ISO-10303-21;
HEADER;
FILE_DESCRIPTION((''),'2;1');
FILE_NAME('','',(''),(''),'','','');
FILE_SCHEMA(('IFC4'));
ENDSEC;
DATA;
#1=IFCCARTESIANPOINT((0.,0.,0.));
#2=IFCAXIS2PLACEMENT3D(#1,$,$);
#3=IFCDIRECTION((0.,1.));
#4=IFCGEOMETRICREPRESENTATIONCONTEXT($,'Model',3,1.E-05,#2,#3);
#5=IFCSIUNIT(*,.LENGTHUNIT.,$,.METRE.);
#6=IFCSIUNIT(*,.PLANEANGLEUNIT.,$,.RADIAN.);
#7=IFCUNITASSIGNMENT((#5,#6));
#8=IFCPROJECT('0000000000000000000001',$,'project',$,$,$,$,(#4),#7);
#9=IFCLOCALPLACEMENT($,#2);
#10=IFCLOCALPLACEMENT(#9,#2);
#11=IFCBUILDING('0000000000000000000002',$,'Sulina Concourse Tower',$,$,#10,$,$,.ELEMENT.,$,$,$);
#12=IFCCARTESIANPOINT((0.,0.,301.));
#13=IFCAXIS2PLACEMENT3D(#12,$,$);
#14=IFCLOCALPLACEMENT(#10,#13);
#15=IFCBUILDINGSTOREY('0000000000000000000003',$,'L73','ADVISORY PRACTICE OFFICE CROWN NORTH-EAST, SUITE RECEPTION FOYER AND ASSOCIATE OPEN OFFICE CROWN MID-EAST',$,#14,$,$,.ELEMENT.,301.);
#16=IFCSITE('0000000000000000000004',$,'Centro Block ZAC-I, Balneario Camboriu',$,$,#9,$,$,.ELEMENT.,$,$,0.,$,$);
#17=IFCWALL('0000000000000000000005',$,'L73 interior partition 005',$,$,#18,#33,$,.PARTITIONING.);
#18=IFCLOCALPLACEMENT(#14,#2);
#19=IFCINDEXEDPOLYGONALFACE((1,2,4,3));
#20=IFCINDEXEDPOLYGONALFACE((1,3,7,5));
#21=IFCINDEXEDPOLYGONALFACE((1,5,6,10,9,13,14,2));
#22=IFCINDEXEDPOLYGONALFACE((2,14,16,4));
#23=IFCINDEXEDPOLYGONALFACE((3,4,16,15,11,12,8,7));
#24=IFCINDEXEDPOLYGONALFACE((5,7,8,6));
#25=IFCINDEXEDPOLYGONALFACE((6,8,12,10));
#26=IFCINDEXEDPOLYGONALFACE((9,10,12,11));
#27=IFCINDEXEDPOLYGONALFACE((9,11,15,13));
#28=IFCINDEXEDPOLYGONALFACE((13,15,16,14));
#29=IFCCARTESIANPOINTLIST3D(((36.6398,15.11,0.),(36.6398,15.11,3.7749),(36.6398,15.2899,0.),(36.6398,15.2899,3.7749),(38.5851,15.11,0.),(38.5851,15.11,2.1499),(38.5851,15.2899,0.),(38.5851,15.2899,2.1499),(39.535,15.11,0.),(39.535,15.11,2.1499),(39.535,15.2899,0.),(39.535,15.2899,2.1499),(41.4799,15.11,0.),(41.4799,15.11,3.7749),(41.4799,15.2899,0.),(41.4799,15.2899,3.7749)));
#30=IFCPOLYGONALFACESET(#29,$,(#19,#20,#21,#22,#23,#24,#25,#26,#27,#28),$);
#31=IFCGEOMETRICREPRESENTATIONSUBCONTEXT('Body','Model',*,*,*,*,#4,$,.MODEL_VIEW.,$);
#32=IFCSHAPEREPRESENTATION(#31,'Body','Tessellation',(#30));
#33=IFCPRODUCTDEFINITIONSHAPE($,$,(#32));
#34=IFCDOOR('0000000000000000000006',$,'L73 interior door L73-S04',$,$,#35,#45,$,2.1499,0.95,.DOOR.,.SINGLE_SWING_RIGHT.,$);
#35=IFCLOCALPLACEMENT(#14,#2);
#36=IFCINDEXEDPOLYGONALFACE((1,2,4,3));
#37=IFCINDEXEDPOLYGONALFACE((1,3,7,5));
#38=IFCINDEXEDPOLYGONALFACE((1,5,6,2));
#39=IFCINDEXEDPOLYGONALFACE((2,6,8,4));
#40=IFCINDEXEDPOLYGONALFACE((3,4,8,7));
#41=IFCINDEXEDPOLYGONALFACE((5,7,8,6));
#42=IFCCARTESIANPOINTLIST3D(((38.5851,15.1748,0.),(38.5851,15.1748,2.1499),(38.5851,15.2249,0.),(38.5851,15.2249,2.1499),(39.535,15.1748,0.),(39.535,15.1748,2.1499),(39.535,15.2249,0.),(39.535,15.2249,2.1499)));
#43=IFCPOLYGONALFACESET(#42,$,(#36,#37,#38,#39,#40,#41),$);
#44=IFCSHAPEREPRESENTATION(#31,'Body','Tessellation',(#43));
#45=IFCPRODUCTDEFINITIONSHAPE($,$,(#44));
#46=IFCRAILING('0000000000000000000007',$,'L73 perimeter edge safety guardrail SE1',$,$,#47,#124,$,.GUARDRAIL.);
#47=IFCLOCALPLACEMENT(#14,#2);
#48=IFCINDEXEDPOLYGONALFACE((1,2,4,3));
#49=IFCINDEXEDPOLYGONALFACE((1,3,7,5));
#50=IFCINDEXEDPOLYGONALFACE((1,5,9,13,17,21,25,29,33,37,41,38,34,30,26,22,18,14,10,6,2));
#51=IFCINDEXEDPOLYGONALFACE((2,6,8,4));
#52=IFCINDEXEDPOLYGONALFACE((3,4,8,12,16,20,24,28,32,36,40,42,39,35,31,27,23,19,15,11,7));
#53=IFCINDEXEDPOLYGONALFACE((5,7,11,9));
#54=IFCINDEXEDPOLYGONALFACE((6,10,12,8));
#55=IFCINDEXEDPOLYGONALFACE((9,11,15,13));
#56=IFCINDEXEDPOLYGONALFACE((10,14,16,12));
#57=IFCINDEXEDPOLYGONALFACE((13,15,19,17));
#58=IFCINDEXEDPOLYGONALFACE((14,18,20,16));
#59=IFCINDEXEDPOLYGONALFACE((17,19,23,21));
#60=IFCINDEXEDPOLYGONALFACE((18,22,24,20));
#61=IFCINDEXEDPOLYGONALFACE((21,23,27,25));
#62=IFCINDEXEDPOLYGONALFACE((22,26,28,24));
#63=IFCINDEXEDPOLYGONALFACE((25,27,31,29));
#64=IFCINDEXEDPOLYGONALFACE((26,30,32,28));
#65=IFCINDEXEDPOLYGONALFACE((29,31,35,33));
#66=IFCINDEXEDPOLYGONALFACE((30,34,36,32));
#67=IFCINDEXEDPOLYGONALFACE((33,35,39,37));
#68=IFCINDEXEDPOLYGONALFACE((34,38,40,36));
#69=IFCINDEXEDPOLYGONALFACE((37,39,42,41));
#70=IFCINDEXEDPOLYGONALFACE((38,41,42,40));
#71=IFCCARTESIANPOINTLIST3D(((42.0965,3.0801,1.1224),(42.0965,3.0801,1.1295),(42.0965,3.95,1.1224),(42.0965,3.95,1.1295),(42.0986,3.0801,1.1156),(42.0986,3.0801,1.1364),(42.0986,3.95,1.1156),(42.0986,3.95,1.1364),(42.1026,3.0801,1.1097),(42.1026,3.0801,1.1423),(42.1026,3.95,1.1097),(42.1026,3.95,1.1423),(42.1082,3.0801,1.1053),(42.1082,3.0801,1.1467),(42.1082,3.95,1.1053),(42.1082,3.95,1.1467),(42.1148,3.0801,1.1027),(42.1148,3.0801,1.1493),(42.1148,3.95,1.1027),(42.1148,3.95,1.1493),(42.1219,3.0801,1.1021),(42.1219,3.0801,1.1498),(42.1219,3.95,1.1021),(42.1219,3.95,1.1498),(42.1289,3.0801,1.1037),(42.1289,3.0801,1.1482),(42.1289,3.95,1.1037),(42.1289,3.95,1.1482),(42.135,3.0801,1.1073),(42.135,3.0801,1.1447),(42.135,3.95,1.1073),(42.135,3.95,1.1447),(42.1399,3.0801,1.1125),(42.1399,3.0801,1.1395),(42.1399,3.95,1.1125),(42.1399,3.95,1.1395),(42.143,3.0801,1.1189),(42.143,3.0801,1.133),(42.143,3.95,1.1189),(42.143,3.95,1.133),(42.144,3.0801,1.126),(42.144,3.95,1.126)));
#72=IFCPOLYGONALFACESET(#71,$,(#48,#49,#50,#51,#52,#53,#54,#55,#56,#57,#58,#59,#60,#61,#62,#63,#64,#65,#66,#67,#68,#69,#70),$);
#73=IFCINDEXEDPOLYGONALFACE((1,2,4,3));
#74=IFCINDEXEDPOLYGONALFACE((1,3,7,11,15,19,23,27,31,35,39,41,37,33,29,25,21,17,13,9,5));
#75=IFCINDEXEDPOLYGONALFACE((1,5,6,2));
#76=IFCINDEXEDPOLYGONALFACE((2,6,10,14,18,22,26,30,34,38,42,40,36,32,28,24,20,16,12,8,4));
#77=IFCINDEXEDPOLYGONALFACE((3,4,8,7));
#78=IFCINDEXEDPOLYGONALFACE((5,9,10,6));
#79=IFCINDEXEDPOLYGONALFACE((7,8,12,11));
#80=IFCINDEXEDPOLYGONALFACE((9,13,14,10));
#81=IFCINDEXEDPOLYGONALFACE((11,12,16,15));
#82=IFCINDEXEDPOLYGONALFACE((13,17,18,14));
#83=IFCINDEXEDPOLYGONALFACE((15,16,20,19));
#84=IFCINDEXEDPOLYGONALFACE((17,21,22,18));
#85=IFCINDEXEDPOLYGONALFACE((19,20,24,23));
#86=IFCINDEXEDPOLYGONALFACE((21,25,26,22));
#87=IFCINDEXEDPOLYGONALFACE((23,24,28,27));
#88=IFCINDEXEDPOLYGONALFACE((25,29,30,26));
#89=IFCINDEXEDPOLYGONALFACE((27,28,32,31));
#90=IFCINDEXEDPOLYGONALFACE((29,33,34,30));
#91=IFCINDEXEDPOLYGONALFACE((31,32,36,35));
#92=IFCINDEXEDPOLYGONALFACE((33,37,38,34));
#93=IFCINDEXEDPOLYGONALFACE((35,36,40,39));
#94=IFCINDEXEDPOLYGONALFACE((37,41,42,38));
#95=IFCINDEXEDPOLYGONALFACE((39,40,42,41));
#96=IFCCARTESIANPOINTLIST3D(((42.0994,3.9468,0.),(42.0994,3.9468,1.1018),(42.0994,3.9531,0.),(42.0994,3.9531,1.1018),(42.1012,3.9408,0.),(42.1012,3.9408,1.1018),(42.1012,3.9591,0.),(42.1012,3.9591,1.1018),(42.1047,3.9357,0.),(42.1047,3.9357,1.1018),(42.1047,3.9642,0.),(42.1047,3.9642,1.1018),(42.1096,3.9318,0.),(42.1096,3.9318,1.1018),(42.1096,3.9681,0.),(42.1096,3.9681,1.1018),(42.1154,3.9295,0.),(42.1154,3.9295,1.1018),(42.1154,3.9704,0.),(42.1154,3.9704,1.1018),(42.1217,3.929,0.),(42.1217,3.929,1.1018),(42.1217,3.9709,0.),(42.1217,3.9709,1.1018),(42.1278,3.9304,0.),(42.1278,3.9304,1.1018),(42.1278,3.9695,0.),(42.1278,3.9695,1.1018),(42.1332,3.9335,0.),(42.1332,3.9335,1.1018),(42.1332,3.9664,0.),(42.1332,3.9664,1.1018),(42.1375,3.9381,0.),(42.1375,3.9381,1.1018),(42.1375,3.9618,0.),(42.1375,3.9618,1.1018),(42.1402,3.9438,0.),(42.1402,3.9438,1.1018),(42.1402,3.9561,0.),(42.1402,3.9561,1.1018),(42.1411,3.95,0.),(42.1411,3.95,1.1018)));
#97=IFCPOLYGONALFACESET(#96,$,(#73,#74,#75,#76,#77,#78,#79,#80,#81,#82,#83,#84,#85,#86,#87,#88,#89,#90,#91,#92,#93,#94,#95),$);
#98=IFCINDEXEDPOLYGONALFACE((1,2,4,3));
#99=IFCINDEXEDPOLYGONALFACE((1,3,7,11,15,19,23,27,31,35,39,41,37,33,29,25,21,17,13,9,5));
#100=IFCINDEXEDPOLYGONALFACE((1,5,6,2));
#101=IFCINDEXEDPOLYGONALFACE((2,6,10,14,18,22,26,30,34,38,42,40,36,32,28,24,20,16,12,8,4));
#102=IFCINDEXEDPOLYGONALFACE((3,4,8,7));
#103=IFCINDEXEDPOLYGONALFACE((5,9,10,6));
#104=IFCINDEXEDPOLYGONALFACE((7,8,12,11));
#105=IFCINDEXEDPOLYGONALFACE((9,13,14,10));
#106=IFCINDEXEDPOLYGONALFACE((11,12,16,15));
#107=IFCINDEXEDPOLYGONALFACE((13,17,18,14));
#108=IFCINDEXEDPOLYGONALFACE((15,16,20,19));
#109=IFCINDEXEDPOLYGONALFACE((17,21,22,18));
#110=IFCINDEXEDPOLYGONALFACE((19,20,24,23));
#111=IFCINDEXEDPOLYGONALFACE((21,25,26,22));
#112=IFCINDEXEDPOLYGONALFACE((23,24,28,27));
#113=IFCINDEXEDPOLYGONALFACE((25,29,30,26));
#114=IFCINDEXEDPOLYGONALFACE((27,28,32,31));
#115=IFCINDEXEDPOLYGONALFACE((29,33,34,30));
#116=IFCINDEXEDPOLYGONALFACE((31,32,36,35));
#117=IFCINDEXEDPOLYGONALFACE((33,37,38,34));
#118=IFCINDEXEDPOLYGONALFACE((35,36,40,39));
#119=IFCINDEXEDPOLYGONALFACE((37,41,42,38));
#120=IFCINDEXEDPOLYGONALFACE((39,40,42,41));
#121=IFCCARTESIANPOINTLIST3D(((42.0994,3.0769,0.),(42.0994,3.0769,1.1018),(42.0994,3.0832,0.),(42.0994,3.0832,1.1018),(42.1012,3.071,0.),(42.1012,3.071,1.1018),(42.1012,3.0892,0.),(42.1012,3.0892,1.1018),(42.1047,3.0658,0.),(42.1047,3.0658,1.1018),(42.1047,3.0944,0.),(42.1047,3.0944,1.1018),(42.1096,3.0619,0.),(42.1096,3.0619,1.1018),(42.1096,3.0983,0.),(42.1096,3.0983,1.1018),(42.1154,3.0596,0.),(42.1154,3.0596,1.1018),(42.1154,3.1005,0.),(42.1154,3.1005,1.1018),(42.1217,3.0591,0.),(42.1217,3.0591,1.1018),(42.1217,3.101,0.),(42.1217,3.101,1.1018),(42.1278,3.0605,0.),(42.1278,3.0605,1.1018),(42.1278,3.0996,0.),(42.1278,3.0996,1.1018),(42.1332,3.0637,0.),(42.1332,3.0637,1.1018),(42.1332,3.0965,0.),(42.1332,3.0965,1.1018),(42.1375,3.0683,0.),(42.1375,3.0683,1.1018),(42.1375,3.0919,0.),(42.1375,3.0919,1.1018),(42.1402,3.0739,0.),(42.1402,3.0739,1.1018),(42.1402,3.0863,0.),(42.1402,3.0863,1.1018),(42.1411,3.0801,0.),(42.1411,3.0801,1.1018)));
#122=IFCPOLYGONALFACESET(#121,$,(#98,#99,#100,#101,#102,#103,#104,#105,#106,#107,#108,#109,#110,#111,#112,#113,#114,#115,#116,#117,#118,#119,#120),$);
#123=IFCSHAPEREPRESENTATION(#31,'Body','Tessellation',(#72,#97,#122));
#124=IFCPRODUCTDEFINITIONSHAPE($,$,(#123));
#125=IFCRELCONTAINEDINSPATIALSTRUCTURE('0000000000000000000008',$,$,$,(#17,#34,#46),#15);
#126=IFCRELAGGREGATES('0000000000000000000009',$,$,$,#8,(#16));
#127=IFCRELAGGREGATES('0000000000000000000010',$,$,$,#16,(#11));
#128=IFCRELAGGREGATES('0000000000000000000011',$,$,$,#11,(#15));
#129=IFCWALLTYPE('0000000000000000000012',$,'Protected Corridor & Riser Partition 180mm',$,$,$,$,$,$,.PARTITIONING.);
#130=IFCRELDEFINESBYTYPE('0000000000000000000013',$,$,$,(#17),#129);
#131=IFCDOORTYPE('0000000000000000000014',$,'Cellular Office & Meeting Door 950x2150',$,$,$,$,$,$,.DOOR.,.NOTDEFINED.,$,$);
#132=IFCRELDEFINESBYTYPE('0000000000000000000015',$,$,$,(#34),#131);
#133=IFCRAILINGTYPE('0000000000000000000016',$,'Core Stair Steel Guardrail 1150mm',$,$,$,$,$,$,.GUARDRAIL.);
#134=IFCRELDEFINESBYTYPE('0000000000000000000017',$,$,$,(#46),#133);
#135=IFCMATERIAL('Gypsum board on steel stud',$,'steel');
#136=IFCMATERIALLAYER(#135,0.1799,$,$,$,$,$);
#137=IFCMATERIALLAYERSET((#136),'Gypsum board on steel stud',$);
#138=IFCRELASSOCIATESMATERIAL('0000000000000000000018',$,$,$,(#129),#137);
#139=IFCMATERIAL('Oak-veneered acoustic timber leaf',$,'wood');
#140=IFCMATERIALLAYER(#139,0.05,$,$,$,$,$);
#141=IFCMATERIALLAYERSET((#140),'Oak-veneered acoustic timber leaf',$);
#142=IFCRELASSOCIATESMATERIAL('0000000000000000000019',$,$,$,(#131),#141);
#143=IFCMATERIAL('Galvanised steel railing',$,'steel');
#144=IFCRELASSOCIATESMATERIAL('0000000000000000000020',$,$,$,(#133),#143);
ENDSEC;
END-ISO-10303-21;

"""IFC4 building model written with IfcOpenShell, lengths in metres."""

from ifc_helpers import new_model, si_unit, direction, frame, frame_2d, origin, origin_2d, place, context, subcontext, project, spatial, rectangle, circle, extrude, material, layer, layer_set, type_object, element, fill, save


model = new_model("IFC4")

# Units and contexts
model_context = context("Model", 3, precision=1e-05, world=origin(), true_north=direction((0.0, 1.0)))
body_context = subcontext(model_context, "Body", "Model", "MODEL_VIEW")
ifc_project = project(units=[si_unit("LENGTHUNIT", "METRE"), si_unit("PLANEANGLEUNIT", "RADIAN")], contexts=[model_context])

# Site, building, storey
site_placement = place(None, origin())
site = spatial("IfcSite", under=ifc_project, at=site_placement, Name="Centro Block ZAC-I, Balneario Camboriu", CompositionType="ELEMENT", RefElevation=0.0)
building_placement = place(site_placement, origin())
building = spatial("IfcBuilding", under=site, at=building_placement, Name="Sulina Concourse Tower", CompositionType="ELEMENT")
storey_placement = place(building_placement, frame((0.0, 0.0, 301.0)))
storey = spatial("IfcBuildingStorey", under=building, at=storey_placement, Name="L73", Description="ADVISORY PRACTICE OFFICE CROWN NORTH-EAST, SUITE RECEPTION FOYER AND ASSOCIATE OPEN OFFICE CROWN MID-EAST", CompositionType="ELEMENT", Elevation=301.0)

# Wall, opening, door
ifc_material_1 = material(Name="Gypsum board on steel stud", Category="steel")
ifc_layer_1 = layer(ifc_material_1, 0.1799)
ifc_layer_set_1 = layer_set([ifc_layer_1], Name="Gypsum board on steel stud")
wall_type_1 = type_object("IfcWallType", Name="Protected Corridor & Riser Partition 180mm", PredefinedType="PARTITIONING", material=ifc_layer_set_1)
wall_1_placement = place(storey_placement, frame((36.6399, 15.2, 0.0), z_axis=(0.0, 0.0, 1.0), x_axis=(1.0, 0.0, 0.0)))
wall_1 = element("IfcWall", 1, at=wall_1_placement, inside=storey, type_object=wall_type_1, Name="L73 interior partition 005", PredefinedType="PARTITIONING", context=body_context, shape_type="SweptSolid", body=[
    extrude(rectangle(XDim=4.8401, YDim=0.1799, at=frame_2d((2.4199, 0.0))), origin(), (0.0, 0.0, 1.0), 3.7749),
])
opening_1_placement = place(wall_1_placement, frame((1.9451, 0.0, 0.0)))
opening_1 = element("IfcOpeningElement", 2, at=opening_1_placement, cuts=wall_1, PredefinedType="OPENING", context=body_context, shape_type="SweptSolid", body=[
    extrude(rectangle(XDim=0.95, YDim=2.1499, at=frame_2d((0.4751, 1.075))), frame((0.0, 0.0999, 0.0), z_axis=(0.0, -1.0, 0.0), x_axis=(1.0, 0.0, 0.0)), (0.0, 0.0, 1.0), 0.2),
])
ifc_material_2 = material(Name="Oak-veneered acoustic timber leaf", Category="wood")
ifc_layer_2 = layer(ifc_material_2, 0.05)
ifc_layer_set_2 = layer_set([ifc_layer_2], Name="Oak-veneered acoustic timber leaf")
door_type_1 = type_object("IfcDoorType", Name="Cellular Office & Meeting Door 950x2150", OperationType="NOTDEFINED", PredefinedType="DOOR", material=ifc_layer_set_2)
door_1_placement = place(opening_1_placement, origin())
door_1 = element("IfcDoor", 3, at=door_1_placement, inside=storey, type_object=door_type_1, Name="L73 interior door L73-S04", OperationType="SINGLE_SWING_RIGHT", OverallHeight=2.1499, OverallWidth=0.95, PredefinedType="DOOR", context=body_context, shape_type="SweptSolid", body=[
    extrude(rectangle(XDim=0.95, YDim=2.1499, at=frame_2d((0.4751, 1.075))), frame((0.0, 0.0249, 0.0), z_axis=(0.0, -1.0, 0.0), x_axis=(1.0, 0.0, 0.0)), (0.0, 0.0, 1.0), 0.05),
])
fill(opening_1, door_1)

# Railing
ifc_material_3 = material(Name="Galvanised steel railing", Category="steel")
railing_type = type_object("IfcRailingType", Name="Core Stair Steel Guardrail 1150mm", PredefinedType="GUARDRAIL", material=ifc_material_3)
railing_1_placement = place(storey_placement, frame((42.1201, 3.95, 0.0)))
element("IfcRailing", 4, at=railing_1_placement, inside=storey, type_object=railing_type, Name="L73 perimeter edge safety guardrail SE1", PredefinedType="GUARDRAIL", context=body_context, shape_type="SweptSolid", body=[
    extrude(circle(Radius=0.0239, at=origin_2d()), frame((0.0, 0.0, 1.126), z_axis=(0.0, -1.0, 0.0), x_axis=(1.0, 0.0, 0.0)), (0.0, 0.0, 1.0), 0.8699),
    extrude(circle(Radius=0.021, at=origin_2d()), origin(), (0.0, 0.0, 1.0), 1.1018),
    extrude(circle(Radius=0.021, at=origin_2d()), frame((0.0, -0.8699, 0.0)), (0.0, 0.0, 1.0), 1.1018),
])

save(model, "model.ifc")
